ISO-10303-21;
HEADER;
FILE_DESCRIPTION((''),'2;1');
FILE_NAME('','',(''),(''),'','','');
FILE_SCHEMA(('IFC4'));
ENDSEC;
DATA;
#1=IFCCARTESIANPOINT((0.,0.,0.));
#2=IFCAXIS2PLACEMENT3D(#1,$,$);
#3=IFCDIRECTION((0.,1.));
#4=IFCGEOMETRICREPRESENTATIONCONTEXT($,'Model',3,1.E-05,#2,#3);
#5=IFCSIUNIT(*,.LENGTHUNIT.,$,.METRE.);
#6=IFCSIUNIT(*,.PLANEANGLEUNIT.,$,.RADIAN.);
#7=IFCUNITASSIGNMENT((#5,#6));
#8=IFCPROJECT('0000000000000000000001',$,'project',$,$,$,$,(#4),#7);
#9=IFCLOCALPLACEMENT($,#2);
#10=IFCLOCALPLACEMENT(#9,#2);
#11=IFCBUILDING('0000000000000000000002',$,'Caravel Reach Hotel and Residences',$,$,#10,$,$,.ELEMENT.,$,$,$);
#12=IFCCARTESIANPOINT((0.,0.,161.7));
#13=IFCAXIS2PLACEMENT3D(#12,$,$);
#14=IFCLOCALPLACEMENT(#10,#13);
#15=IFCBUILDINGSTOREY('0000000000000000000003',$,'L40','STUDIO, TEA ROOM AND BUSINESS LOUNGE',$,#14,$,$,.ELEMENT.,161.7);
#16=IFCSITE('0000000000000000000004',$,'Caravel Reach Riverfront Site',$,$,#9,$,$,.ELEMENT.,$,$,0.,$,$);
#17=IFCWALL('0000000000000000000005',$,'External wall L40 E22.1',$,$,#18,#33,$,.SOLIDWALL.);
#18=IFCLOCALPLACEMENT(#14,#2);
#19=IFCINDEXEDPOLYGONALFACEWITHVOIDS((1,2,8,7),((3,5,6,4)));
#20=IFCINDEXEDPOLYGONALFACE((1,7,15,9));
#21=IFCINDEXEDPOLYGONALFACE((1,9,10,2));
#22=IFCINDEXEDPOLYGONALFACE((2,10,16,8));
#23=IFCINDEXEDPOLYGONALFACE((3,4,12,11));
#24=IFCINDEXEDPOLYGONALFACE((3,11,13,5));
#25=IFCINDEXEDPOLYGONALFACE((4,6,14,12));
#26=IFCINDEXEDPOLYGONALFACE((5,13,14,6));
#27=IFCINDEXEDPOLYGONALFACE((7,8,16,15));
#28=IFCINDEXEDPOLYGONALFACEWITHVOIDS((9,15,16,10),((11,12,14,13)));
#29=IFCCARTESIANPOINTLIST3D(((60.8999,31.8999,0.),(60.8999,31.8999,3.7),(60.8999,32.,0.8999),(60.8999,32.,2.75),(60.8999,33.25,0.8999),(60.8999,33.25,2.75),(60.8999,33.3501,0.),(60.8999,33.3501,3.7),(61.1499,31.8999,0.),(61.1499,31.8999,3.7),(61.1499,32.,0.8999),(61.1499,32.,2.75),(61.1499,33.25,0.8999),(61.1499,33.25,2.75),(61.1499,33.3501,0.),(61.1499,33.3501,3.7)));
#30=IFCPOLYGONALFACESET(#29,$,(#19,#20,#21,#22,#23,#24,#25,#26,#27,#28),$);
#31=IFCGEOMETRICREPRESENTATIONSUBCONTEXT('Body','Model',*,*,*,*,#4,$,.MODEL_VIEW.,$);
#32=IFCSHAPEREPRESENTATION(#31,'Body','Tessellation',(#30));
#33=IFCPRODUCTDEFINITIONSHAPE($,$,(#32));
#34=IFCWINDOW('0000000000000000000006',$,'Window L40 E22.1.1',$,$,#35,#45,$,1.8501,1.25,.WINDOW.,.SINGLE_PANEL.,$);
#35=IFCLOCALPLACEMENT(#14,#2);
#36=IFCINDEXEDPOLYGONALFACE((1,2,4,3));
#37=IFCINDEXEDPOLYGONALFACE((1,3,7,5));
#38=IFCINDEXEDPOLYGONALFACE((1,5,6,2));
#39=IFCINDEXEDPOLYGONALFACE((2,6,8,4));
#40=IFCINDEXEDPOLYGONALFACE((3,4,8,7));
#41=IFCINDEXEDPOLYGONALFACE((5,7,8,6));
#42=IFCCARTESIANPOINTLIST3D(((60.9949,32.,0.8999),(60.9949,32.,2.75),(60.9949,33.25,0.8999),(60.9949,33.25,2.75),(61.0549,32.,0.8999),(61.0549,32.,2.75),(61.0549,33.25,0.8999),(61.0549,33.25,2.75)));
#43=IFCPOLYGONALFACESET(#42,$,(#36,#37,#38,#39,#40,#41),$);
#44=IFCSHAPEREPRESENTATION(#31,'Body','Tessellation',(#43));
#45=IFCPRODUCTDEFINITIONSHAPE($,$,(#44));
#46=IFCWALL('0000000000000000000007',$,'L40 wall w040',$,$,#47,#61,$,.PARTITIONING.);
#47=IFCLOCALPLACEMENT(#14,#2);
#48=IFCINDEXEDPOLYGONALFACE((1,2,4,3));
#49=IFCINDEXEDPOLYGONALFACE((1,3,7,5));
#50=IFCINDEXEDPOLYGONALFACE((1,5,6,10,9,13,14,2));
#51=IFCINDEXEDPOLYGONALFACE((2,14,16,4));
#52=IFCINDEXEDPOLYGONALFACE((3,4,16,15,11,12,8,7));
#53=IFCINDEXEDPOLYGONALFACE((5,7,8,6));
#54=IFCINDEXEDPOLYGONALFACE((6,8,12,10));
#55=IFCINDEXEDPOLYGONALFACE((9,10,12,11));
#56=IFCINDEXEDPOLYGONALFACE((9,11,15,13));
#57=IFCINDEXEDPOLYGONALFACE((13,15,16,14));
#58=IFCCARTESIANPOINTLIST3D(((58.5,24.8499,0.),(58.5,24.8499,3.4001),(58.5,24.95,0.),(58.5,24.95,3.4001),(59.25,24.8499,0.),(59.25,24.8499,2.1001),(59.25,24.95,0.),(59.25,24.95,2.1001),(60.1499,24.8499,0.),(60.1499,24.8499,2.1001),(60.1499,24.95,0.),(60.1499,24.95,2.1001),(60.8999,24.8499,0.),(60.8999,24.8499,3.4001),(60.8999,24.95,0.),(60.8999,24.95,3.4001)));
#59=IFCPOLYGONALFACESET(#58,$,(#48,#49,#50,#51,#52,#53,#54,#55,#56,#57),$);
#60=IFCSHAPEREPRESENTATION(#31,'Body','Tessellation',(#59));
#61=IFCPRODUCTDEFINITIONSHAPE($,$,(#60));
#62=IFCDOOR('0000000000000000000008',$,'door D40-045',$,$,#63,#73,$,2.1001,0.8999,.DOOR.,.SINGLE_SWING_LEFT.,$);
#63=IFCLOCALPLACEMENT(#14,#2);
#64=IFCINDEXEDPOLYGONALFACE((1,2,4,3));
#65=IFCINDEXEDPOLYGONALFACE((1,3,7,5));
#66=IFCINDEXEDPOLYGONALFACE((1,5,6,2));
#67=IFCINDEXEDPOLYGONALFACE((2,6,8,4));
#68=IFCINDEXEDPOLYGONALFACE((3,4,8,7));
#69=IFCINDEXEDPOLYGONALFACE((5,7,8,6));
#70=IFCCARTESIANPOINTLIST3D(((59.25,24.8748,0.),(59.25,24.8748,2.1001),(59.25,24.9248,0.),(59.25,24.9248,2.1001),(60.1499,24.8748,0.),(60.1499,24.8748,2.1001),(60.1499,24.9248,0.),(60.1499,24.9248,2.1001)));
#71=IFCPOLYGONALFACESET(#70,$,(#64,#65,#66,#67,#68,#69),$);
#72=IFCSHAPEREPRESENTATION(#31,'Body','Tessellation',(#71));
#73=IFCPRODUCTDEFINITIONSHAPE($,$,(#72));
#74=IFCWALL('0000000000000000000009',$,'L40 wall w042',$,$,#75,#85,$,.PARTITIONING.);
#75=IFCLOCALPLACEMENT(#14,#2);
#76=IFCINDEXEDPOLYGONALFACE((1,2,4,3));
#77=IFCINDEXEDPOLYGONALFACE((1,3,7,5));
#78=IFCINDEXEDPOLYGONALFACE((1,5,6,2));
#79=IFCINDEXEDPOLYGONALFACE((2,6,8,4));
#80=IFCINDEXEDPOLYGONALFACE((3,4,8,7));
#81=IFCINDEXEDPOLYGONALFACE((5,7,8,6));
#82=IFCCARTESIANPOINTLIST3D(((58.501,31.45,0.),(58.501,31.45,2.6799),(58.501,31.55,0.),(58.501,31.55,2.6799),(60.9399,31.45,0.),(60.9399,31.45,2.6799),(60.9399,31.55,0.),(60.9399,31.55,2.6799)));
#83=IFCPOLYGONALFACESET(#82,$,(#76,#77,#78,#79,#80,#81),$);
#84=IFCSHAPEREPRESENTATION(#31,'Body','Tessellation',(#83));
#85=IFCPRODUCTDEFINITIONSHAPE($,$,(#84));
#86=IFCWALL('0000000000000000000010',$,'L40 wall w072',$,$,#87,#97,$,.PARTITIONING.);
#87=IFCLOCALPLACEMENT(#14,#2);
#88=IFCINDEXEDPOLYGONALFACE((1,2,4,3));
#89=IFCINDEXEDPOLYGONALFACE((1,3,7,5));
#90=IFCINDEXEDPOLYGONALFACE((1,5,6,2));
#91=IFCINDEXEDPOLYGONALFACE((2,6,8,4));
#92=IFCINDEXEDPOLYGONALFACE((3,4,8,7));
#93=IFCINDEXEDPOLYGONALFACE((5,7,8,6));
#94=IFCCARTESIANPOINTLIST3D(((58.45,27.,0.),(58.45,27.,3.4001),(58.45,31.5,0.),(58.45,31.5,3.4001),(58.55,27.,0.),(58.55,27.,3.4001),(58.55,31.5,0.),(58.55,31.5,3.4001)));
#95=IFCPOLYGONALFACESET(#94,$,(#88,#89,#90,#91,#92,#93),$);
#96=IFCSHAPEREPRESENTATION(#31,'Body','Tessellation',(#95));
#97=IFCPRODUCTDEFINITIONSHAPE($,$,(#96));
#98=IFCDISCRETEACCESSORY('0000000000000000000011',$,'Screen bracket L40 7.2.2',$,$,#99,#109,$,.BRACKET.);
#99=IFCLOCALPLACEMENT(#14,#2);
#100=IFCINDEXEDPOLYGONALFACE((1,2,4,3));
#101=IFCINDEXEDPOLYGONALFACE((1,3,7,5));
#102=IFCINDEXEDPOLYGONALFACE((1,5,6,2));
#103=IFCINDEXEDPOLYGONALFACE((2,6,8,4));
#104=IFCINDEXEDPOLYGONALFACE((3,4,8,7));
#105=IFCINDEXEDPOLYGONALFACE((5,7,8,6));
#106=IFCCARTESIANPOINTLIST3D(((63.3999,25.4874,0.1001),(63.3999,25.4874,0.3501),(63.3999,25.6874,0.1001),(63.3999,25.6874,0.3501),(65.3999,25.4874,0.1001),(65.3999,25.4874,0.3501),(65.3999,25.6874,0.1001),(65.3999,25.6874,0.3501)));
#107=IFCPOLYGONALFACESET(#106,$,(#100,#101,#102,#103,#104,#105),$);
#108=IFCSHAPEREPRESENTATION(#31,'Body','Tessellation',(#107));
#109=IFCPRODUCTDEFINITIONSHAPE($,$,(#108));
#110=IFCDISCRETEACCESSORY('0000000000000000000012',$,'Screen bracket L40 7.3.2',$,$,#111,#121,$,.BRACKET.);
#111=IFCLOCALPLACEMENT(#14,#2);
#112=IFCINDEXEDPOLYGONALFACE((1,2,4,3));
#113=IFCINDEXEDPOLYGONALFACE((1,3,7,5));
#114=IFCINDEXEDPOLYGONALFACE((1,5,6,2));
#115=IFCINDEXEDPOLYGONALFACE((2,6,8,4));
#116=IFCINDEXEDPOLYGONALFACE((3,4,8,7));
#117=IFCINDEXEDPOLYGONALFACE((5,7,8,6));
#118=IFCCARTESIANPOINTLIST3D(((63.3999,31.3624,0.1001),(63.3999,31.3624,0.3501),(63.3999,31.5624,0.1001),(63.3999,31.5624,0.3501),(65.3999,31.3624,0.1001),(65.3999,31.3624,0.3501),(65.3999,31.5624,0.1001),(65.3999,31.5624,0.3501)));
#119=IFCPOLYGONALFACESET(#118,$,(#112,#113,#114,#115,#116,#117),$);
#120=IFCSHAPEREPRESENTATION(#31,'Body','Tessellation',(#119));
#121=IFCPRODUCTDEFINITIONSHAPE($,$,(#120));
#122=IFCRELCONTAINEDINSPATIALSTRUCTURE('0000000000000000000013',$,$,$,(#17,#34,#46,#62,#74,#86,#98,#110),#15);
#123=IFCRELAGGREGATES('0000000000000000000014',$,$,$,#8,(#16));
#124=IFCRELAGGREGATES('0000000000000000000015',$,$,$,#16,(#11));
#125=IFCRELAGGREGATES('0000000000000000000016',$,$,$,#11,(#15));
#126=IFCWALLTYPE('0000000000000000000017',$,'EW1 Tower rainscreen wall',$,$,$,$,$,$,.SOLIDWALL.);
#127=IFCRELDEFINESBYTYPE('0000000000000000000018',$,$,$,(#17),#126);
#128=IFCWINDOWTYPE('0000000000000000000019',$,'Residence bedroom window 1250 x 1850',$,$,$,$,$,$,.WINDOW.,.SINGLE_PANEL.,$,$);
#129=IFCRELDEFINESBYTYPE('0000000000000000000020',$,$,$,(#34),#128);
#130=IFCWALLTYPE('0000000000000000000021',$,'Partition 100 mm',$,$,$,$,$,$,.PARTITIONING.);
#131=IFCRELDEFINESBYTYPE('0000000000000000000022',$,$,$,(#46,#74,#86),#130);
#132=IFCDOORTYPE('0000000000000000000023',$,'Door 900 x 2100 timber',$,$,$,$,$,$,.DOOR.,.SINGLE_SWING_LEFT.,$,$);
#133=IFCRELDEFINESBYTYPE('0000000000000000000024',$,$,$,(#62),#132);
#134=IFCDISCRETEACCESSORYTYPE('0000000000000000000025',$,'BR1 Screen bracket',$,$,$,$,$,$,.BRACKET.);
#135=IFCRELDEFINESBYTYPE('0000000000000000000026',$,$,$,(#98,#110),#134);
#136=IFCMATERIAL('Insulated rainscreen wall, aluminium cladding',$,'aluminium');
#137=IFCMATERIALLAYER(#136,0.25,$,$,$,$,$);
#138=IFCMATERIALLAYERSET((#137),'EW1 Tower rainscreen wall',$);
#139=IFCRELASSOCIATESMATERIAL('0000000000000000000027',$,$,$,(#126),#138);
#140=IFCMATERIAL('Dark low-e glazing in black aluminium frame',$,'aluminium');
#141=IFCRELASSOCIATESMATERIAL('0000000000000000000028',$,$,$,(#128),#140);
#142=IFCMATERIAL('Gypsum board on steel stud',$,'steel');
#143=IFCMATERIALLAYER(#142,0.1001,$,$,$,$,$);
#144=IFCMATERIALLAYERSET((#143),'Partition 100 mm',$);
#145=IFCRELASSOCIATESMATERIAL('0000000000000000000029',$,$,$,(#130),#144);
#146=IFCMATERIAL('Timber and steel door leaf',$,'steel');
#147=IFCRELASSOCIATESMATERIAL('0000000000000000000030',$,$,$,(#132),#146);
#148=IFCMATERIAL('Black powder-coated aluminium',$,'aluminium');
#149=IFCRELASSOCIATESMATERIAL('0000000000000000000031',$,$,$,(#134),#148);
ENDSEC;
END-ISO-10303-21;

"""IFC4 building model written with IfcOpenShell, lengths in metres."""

from ifc_helpers import new_model, si_unit, direction, frame, frame_2d, origin, origin_2d, place, context, subcontext, project, spatial, rectangle, extrude, material, layer, layer_set, type_object, element, fill, save


model = new_model("IFC4")

# Units and contexts
model_context = context("Model", 3, precision=1e-05, world=origin(), true_north=direction((0.0, 1.0)))
body_context = subcontext(model_context, "Body", "Model", "MODEL_VIEW")
ifc_project = project(units=[si_unit("LENGTHUNIT", "METRE"), si_unit("PLANEANGLEUNIT", "RADIAN")], contexts=[model_context])

# Site, building, storey
site_placement = place(None, origin())
site = spatial("IfcSite", under=ifc_project, at=site_placement, Name="Caravel Reach Riverfront Site", CompositionType="ELEMENT", RefElevation=0.0)
building_placement = place(site_placement, origin())
building = spatial("IfcBuilding", under=site, at=building_placement, Name="Caravel Reach Hotel and Residences", CompositionType="ELEMENT")
storey_placement = place(building_placement, frame((0.0, 0.0, 161.7)))
storey = spatial("IfcBuildingStorey", under=building, at=storey_placement, Name="L40", Description="STUDIO, TEA ROOM AND BUSINESS LOUNGE", CompositionType="ELEMENT", Elevation=161.7)

# Shared definitions
ifc_material_1 = material(Name="Insulated rainscreen wall, aluminium cladding", Category="aluminium")
ifc_layer_1 = layer(ifc_material_1, 0.25)
ifc_layer_set_1 = layer_set([ifc_layer_1], Name="EW1 Tower rainscreen wall")
wall_type_1 = type_object("IfcWallType", Name="EW1 Tower rainscreen wall", PredefinedType="SOLIDWALL", material=ifc_layer_set_1)

# Wall, opening, window
ifc_material_2 = material(Name="Dark low-e glazing in black aluminium frame", Category="aluminium")
window_type_1 = type_object("IfcWindowType", Name="Residence bedroom window 1250 x 1850", PartitioningType="SINGLE_PANEL", PredefinedType="WINDOW", material=ifc_material_2)
wall_1_placement = place(storey_placement, frame((61.0249, 31.8999, 0.0), z_axis=(0.0, 0.0, 1.0), x_axis=(0.0, 1.0, 0.0)))
wall_1 = element("IfcWall", 1, at=wall_1_placement, inside=storey, type_object=wall_type_1, Name="External wall L40 E22.1", PredefinedType="SOLIDWALL", context=body_context, shape_type="SweptSolid", body=[
    extrude(rectangle(XDim=1.4502, YDim=0.25, at=frame_2d((0.7251, 0.0))), origin(), (0.0, 0.0, 1.0), 3.7),
])
opening_1_placement = place(wall_1_placement, frame((0.1001, 0.0, 0.8999)))
opening_1 = element("IfcOpeningElement", 2, at=opening_1_placement, cuts=wall_1, PredefinedType="OPENING", context=body_context, shape_type="SweptSolid", body=[
    extrude(rectangle(XDim=1.25, YDim=1.8501, at=frame_2d((0.625, 0.925))), frame((0.0, 0.135, 0.0), z_axis=(0.0, -1.0, 0.0), x_axis=(1.0, 0.0, 0.0)), (0.0, 0.0, 1.0), 0.27),
])
window_1_placement = place(opening_1_placement, origin())
window_1 = element("IfcWindow", 3, at=window_1_placement, inside=storey, type_object=window_type_1, Name="Window L40 E22.1.1", OverallHeight=1.8501, OverallWidth=1.25, PartitioningType="SINGLE_PANEL", PredefinedType="WINDOW", context=body_context, shape_type="SweptSolid", body=[
    extrude(rectangle(XDim=1.25, YDim=1.8501, at=frame_2d((0.625, 0.925))), frame((0.0, 0.03, 0.0), z_axis=(0.0, -1.0, 0.0), x_axis=(1.0, 0.0, 0.0)), (0.0, 0.0, 1.0), 0.0601),
])
fill(opening_1, window_1)

# Wall, opening, door
ifc_material_3 = material(Name="Gypsum board on steel stud", Category="steel")
ifc_layer_2 = layer(ifc_material_3, 0.1001)
ifc_layer_set_2 = layer_set([ifc_layer_2], Name="Partition 100 mm")
wall_type_2 = type_object("IfcWallType", Name="Partition 100 mm", PredefinedType="PARTITIONING", material=ifc_layer_set_2)
wall_2_placement = place(storey_placement, frame((58.5, 24.8999, 0.0), z_axis=(0.0, 0.0, 1.0), x_axis=(1.0, 0.0, 0.0)))
wall_2 = element("IfcWall", 4, at=wall_2_placement, inside=storey, type_object=wall_type_2, Name="L40 wall w040", PredefinedType="PARTITIONING", context=body_context, shape_type="SweptSolid", body=[
    extrude(rectangle(XDim=2.3999, YDim=0.1001, at=frame_2d((1.2, 0.0))), origin(), (0.0, 0.0, 1.0), 3.4001),
])
opening_2_placement = place(wall_2_placement, frame((0.75, 0.0, 0.0)))
opening_2 = element("IfcOpeningElement", 5, at=opening_2_placement, cuts=wall_2, PredefinedType="OPENING", context=body_context, shape_type="SweptSolid", body=[
    extrude(rectangle(XDim=0.8999, YDim=2.1001, at=frame_2d((0.45, 1.05))), frame((0.0, 0.0601, 0.0), z_axis=(0.0, -1.0, 0.0), x_axis=(1.0, 0.0, 0.0)), (0.0, 0.0, 1.0), 0.1201),
])
ifc_material_4 = material(Name="Timber and steel door leaf", Category="steel")
door_type_1 = type_object("IfcDoorType", Name="Door 900 x 2100 timber", OperationType="SINGLE_SWING_LEFT", PredefinedType="DOOR", material=ifc_material_4)
door_1_placement = place(opening_2_placement, origin())
door_1 = element("IfcDoor", 6, at=door_1_placement, inside=storey, type_object=door_type_1, Name="door D40-045", OperationType="SINGLE_SWING_LEFT", OverallHeight=2.1001, OverallWidth=0.8999, PredefinedType="DOOR", context=body_context, shape_type="SweptSolid", body=[
    extrude(rectangle(XDim=0.8999, YDim=2.1001, at=frame_2d((0.45, 1.05))), frame((0.0, 0.0249, 0.0), z_axis=(0.0, -1.0, 0.0), x_axis=(1.0, 0.0, 0.0)), (0.0, 0.0, 1.0), 0.05),
])
fill(opening_2, door_1)

# Walls
wall_3_placement = place(storey_placement, frame((58.501, 31.5, 0.0), z_axis=(0.0, 0.0, 1.0), x_axis=(1.0, 0.0, 0.0)))
element("IfcWall", 7, at=wall_3_placement, inside=storey, type_object=wall_type_2, Name="L40 wall w042", PredefinedType="PARTITIONING", context=body_context, shape_type="SweptSolid", body=[
    extrude(rectangle(XDim=2.439, YDim=0.1001, at=frame_2d((1.2195, 0.0))), origin(), (0.0, 0.0, 1.0), 2.6799),
])
wall_4_placement = place(storey_placement, frame((58.5, 27.0, 0.0), z_axis=(0.0, 0.0, 1.0), x_axis=(0.0, 1.0, 0.0)))
element("IfcWall", 8, at=wall_4_placement, inside=storey, type_object=wall_type_2, Name="L40 wall w072", PredefinedType="PARTITIONING", context=body_context, shape_type="SweptSolid", body=[
    extrude(rectangle(XDim=4.5, YDim=0.1001, at=frame_2d((2.25, 0.0))), origin(), (0.0, 0.0, 1.0), 3.4001),
])

# Discrete accessories
ifc_material_5 = material(Name="Black powder-coated aluminium", Category="aluminium")
discrete_accessory_type = type_object("IfcDiscreteAccessoryType", Name="BR1 Screen bracket", PredefinedType="BRACKET", material=ifc_material_5)
for number, where, z_axis, x_axis, name in (
    (9, (64.3999, 25.5874, 0.1001), (0.0, 0.0, 1.0), (1.0, 0.0, 0.0), "Screen bracket L40 7.2.2"),
    (10, (64.3999, 31.4624, 0.1001), (0.0, 0.0, 1.0), (1.0, 0.0, 0.0), "Screen bracket L40 7.3.2"),
):
    element("IfcDiscreteAccessory", number, at=place(storey_placement, frame(where, z_axis=z_axis, x_axis=x_axis)), inside=storey, type_object=discrete_accessory_type, Name=name, PredefinedType="BRACKET", context=body_context, shape_type="SweptSolid", body=[
        extrude(rectangle(XDim=2.0, YDim=0.2, at=origin_2d()), origin(), (0.0, 0.0, 1.0), 0.25),
    ])

save(model, "model.ifc")
